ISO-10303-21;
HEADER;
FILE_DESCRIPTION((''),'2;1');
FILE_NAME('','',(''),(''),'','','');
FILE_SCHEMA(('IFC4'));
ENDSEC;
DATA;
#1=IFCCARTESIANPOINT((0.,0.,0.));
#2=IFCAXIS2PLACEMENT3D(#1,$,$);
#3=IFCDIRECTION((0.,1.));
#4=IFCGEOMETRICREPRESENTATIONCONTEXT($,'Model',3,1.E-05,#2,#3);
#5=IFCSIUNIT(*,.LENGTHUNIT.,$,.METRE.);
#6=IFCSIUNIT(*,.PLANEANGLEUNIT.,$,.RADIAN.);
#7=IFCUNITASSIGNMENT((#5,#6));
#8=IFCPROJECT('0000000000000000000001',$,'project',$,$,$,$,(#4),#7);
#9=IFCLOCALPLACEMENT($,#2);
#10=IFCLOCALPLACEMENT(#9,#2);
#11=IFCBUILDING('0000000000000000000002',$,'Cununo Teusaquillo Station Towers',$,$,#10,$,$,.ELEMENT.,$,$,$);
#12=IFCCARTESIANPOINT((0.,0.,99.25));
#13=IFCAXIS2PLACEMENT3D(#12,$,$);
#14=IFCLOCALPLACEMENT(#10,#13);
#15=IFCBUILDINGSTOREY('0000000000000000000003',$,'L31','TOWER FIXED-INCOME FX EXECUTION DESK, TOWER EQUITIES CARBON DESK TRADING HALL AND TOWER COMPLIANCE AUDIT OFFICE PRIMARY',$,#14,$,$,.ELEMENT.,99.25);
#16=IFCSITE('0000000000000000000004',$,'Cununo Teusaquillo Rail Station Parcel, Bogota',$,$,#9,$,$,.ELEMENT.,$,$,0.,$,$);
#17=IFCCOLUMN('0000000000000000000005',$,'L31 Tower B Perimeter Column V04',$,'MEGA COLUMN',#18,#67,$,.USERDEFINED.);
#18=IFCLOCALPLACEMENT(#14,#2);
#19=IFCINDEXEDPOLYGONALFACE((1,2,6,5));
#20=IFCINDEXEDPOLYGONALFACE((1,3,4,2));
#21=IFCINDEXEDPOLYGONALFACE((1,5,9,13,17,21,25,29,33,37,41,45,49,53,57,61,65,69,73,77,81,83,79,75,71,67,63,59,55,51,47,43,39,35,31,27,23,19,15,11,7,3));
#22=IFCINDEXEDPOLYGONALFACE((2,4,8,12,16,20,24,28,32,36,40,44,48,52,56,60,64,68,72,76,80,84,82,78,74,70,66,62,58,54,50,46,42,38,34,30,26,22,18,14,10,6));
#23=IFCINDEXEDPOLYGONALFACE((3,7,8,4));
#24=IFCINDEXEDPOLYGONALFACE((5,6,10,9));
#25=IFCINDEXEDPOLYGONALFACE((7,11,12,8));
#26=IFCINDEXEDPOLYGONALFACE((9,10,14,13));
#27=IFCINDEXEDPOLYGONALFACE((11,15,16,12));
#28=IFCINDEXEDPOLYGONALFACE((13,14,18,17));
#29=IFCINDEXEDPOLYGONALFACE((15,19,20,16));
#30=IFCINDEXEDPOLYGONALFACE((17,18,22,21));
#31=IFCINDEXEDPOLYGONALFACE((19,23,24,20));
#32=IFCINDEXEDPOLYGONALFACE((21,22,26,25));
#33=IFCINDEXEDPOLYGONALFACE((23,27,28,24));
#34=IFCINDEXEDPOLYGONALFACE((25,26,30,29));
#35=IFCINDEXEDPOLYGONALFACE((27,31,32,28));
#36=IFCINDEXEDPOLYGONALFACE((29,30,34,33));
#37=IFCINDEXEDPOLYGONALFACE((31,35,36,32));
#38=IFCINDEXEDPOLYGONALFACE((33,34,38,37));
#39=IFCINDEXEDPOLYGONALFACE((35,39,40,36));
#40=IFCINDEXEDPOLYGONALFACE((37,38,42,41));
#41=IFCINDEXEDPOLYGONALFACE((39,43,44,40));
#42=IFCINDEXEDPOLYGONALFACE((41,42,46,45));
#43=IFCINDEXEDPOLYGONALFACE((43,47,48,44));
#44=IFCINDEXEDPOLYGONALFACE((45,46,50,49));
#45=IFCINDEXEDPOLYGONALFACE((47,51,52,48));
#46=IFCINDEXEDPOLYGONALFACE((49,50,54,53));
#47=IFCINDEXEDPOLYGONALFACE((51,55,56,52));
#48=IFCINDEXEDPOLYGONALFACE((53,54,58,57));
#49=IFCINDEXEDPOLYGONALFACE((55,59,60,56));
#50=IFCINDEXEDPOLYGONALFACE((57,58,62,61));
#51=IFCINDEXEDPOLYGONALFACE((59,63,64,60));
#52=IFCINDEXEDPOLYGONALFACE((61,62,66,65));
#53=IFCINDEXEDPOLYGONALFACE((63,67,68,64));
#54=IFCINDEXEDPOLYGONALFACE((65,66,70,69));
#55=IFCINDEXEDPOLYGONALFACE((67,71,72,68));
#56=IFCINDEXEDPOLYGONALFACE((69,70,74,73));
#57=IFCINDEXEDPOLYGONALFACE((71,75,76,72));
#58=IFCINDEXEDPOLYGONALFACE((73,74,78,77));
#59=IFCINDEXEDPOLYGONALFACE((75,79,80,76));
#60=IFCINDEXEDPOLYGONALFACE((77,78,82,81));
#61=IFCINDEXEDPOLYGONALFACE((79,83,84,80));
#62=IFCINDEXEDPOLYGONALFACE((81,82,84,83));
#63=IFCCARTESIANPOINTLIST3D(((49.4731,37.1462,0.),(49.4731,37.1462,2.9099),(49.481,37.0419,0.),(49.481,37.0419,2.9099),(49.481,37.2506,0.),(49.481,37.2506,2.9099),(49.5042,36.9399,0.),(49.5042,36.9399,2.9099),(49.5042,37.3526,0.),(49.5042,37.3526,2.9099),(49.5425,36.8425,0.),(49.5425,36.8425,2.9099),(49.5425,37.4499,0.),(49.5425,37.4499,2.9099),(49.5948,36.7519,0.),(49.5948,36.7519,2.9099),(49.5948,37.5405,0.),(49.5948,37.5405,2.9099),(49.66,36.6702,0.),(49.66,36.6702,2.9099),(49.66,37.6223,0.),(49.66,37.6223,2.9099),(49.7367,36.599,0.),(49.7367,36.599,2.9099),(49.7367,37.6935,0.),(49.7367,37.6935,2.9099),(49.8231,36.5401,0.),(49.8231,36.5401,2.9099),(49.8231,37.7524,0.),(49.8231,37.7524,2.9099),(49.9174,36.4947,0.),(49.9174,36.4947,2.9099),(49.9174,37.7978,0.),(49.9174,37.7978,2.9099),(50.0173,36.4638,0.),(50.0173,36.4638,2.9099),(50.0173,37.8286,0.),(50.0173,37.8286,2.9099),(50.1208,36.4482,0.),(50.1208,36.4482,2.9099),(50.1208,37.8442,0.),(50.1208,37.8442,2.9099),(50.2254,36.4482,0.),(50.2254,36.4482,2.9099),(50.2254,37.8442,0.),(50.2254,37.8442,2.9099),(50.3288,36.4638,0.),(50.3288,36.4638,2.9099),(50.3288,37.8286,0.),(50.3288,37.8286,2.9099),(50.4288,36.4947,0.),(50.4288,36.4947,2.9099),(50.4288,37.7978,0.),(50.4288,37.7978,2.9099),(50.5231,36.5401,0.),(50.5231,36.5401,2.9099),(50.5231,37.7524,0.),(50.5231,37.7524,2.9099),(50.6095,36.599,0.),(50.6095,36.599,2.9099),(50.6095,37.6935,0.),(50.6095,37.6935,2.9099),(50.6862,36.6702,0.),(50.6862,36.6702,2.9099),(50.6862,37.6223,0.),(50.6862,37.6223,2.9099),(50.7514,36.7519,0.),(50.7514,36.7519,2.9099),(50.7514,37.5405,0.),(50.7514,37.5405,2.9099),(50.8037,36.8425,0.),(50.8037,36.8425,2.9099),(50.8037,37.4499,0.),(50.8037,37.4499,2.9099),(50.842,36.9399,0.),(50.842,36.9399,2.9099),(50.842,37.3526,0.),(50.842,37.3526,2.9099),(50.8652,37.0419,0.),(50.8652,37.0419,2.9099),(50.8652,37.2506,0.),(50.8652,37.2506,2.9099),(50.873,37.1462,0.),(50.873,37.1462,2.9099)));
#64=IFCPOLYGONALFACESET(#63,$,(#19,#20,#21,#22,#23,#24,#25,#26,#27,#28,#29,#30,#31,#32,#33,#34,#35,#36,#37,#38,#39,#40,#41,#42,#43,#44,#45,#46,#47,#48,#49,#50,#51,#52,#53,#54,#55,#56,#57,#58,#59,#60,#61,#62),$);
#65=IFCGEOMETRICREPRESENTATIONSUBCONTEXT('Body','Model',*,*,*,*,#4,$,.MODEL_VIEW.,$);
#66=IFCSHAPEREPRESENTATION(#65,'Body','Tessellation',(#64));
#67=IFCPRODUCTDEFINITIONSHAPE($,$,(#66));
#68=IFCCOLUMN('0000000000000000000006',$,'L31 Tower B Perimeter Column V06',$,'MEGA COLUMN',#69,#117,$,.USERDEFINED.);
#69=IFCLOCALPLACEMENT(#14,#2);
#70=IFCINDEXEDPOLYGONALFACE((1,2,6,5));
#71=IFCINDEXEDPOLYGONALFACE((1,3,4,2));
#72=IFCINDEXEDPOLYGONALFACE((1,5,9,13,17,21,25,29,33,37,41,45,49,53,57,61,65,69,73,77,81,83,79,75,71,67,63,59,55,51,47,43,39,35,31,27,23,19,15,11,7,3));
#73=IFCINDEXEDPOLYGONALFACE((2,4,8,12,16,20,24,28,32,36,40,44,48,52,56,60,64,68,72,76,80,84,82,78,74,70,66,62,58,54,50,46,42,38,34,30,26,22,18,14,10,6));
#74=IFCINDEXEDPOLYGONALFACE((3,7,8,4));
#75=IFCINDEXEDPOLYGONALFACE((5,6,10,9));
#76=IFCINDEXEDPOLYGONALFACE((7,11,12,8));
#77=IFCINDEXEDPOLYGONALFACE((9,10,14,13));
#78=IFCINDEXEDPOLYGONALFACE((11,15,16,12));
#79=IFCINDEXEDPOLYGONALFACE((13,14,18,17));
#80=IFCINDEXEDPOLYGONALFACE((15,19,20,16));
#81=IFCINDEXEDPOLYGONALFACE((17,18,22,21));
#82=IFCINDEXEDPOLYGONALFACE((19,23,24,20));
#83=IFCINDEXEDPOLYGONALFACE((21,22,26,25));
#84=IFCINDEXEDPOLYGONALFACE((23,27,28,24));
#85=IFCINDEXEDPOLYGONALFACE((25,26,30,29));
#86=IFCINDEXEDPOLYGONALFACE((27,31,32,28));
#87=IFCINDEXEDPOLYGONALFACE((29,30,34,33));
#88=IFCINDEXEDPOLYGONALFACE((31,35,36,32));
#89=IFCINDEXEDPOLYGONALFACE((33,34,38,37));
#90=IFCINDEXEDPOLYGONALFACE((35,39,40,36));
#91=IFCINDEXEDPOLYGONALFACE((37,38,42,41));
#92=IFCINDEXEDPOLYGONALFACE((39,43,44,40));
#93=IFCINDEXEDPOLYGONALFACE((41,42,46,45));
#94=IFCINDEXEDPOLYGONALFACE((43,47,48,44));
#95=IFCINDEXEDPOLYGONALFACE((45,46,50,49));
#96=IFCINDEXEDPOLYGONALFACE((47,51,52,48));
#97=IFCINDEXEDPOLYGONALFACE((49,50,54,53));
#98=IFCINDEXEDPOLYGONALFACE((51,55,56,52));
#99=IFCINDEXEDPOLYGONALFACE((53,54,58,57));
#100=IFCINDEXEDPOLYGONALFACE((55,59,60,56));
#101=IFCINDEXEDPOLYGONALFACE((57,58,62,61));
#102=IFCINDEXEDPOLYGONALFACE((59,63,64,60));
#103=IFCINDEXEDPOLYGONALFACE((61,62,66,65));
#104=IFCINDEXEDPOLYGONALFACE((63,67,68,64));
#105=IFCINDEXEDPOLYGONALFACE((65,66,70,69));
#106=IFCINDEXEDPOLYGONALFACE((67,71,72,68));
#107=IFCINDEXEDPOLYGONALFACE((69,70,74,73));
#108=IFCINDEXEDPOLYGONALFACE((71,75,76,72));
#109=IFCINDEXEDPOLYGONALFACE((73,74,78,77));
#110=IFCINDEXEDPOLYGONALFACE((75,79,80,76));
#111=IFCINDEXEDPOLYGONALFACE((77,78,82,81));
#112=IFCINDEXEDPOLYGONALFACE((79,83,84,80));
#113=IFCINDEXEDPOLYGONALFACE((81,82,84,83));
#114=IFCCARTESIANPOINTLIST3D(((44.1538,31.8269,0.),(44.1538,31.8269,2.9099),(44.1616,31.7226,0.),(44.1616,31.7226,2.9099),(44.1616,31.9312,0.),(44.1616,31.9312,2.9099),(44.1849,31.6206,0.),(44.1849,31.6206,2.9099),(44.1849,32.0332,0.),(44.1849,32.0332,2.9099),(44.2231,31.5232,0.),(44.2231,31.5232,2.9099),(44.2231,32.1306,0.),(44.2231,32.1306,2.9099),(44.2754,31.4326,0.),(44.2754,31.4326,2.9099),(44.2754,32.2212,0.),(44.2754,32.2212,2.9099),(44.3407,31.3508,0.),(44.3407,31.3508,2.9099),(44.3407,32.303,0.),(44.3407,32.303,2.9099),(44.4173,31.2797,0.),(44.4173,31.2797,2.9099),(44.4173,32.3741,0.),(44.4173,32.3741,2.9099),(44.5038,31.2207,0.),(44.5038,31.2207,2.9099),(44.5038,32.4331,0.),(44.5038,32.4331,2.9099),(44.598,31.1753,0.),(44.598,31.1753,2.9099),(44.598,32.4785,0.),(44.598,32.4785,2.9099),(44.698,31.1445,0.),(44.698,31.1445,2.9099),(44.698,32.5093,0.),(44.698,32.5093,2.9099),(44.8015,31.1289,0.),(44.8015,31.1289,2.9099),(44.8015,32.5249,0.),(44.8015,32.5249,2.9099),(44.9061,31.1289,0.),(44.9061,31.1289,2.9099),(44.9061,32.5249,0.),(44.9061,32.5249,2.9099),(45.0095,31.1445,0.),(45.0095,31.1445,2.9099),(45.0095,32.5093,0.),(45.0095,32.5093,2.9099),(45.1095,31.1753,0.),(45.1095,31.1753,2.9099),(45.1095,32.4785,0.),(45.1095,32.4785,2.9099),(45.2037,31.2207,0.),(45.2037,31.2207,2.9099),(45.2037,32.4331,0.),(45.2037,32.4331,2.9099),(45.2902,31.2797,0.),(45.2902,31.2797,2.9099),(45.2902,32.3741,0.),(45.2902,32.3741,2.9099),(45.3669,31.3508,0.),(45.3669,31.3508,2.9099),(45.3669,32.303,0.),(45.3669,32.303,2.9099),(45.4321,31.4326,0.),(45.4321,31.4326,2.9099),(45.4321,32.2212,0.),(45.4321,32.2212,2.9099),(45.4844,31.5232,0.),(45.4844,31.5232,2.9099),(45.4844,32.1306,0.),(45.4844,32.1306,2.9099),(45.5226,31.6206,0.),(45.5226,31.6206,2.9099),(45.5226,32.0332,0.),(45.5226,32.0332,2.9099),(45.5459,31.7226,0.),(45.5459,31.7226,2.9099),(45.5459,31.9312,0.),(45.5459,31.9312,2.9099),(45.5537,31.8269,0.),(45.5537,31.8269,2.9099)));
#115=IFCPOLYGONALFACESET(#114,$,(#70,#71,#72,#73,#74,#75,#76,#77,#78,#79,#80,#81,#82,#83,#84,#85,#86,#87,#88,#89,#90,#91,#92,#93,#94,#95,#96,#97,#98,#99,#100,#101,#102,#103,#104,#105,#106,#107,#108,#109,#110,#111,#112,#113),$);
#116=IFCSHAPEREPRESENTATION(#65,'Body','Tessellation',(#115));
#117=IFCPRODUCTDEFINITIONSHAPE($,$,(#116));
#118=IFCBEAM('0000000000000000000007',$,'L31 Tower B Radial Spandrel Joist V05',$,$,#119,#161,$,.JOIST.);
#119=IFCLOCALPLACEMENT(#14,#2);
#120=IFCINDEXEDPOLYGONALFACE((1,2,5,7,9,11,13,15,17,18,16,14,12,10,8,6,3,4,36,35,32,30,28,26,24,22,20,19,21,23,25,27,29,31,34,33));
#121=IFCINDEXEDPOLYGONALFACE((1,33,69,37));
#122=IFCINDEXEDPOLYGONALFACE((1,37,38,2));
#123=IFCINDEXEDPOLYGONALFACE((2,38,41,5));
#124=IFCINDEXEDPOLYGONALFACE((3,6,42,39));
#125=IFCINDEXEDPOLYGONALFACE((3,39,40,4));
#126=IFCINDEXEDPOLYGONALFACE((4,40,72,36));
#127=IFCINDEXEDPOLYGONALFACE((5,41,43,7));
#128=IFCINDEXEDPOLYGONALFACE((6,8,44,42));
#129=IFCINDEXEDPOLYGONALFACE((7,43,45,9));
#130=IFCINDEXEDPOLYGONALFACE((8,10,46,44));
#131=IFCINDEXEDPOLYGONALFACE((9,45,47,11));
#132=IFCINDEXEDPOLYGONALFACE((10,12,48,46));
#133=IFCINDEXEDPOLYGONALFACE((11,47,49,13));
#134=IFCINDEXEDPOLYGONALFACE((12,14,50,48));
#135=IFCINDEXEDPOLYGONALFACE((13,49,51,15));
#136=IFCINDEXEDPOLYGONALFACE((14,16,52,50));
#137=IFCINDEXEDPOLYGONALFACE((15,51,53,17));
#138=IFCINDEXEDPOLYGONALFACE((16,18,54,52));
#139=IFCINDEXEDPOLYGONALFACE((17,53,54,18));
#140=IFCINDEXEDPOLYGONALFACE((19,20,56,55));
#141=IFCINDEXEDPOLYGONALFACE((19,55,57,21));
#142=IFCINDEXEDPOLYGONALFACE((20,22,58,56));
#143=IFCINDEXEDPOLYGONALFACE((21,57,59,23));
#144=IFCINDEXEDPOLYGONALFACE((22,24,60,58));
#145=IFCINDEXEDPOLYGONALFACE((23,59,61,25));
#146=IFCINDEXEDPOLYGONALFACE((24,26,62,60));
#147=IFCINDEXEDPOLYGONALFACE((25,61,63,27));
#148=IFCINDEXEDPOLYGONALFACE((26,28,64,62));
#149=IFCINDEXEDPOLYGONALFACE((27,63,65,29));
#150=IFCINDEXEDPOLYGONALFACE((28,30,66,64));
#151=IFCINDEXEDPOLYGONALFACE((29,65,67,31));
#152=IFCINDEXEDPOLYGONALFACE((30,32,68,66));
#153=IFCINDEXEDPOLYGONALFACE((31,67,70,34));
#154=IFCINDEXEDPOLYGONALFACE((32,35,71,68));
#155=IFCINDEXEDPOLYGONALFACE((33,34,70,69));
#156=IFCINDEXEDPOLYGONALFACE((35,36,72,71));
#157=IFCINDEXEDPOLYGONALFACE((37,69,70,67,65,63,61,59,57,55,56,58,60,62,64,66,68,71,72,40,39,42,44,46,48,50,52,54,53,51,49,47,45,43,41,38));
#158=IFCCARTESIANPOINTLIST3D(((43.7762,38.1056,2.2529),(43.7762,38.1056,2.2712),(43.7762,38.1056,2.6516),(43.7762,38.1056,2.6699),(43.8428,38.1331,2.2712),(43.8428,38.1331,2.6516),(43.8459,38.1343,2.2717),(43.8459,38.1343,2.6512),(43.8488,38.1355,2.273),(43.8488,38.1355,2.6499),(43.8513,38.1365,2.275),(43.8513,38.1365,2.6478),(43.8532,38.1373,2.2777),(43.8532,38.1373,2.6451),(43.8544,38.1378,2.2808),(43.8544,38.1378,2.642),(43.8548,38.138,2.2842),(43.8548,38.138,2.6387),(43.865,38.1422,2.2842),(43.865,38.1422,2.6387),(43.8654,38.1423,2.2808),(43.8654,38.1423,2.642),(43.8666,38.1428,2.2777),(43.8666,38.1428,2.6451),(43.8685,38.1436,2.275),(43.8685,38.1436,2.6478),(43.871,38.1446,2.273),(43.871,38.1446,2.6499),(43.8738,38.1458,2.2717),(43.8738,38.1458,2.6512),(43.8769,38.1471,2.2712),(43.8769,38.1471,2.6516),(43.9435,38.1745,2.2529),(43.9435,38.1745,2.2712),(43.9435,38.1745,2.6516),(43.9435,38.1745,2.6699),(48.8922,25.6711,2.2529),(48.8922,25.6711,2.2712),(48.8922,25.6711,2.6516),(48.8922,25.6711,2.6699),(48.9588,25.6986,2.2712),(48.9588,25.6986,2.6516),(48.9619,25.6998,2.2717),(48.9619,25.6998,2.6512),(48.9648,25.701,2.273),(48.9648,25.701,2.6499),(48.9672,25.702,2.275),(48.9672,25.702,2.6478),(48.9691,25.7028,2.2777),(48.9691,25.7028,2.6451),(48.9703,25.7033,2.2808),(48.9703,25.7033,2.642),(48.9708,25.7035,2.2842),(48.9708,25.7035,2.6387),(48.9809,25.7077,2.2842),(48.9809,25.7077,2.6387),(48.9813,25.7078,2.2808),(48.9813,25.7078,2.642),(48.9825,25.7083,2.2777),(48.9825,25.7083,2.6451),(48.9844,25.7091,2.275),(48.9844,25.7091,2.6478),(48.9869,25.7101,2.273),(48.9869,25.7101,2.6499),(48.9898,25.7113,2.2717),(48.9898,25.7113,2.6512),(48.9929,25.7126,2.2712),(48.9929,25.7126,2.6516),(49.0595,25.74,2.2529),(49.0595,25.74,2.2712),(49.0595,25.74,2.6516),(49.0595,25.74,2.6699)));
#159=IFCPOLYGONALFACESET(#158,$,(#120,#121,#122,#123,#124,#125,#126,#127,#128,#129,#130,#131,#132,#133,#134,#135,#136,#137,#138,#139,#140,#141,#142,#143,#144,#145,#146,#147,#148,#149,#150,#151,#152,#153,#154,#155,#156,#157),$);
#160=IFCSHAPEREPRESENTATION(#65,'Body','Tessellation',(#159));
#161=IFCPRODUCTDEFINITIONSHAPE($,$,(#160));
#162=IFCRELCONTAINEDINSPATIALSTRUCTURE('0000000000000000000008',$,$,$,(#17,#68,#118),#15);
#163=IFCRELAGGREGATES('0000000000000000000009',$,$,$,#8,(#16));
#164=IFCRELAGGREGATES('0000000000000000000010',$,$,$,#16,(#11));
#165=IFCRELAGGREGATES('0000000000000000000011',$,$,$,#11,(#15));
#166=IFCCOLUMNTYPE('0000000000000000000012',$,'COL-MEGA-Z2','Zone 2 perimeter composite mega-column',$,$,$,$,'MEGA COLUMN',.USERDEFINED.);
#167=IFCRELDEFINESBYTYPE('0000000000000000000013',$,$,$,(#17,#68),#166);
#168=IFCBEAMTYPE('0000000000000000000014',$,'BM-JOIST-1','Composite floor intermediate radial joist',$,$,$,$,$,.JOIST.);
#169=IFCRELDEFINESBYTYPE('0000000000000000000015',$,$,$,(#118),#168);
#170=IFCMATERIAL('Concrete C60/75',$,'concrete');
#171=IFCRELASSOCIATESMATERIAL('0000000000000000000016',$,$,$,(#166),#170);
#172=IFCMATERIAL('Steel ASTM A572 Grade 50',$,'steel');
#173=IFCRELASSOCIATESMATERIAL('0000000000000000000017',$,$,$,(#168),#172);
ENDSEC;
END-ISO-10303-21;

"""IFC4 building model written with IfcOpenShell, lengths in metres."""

from ifc_helpers import new_model, si_unit, direction, frame, origin, origin_2d, place, context, subcontext, project, spatial, circle, i_section, extrude, material, material_profile, profile_set, type_object, element, save


model = new_model("IFC4")

# Units and contexts
model_context = context("Model", 3, precision=1e-05, world=origin(), true_north=direction((0.0, 1.0)))
body_context = subcontext(model_context, "Body", "Model", "MODEL_VIEW")
ifc_project = project(units=[si_unit("LENGTHUNIT", "METRE"), si_unit("PLANEANGLEUNIT", "RADIAN")], contexts=[model_context])

# Site, building, storey
site_placement = place(None, origin())
site = spatial("IfcSite", under=ifc_project, at=site_placement, Name="Cununo Teusaquillo Rail Station Parcel, Bogota", CompositionType="ELEMENT", RefElevation=0.0)
building_placement = place(site_placement, origin())
building = spatial("IfcBuilding", under=site, at=building_placement, Name="Cununo Teusaquillo Station Towers", CompositionType="ELEMENT")
storey_placement = place(building_placement, frame((0.0, 0.0, 99.25)))
storey = spatial("IfcBuildingStorey", under=building, at=storey_placement, Name="L31", Description="TOWER FIXED-INCOME FX EXECUTION DESK, TOWER EQUITIES CARBON DESK TRADING HALL AND TOWER COMPLIANCE AUDIT OFFICE PRIMARY", CompositionType="ELEMENT", Elevation=99.25)

# Columns
ifc_material_1 = material(Name="Concrete C60/75", Category="concrete")
ifc_material_profile_1 = material_profile(ifc_material_1, circle(Radius=0.7, at=origin_2d()), Name="RC-CIRC-1400")
ifc_profile_set_1 = profile_set([ifc_material_profile_1], Name="Concrete C60/75")
column_type = type_object("IfcColumnType", Name="COL-MEGA-Z2", Description="Zone 2 perimeter composite mega-column", ElementType="MEGA COLUMN", PredefinedType="USERDEFINED", material=ifc_profile_set_1)
for number, where, z_axis, x_axis, name in (
    (1, (50.1731, 37.1462, 0.0), (0.0, 0.0, 1.0), (1.0, 0.0, 0.0), "L31 Tower B Perimeter Column V04"),
    (2, (44.8538, 31.8269, 0.0), (0.0, 0.0, 1.0), (1.0, 0.0, 0.0), "L31 Tower B Perimeter Column V06"),
):
    element("IfcColumn", number, at=place(storey_placement, frame(where, z_axis=z_axis, x_axis=x_axis)), inside=storey, type_object=column_type, Name=name, ObjectType="MEGA COLUMN", PredefinedType="USERDEFINED", context=body_context, shape_type="SweptSolid", body=[
        extrude(circle(Radius=0.7, at=origin_2d()), origin(), (0.0, 0.0, 1.0), 2.9099),
    ])

# Beam
ifc_material_2 = material(Name="Steel ASTM A572 Grade 50", Category="steel")
ifc_material_profile_2 = material_profile(ifc_material_2, i_section(OverallWidth=0.1809, OverallDepth=0.417, WebThickness=0.011, FlangeThickness=0.0183, FilletRadius=0.0129, at=origin_2d()), Name="W16X57")
ifc_profile_set_2 = profile_set([ifc_material_profile_2], Name="Steel ASTM A572 Grade 50")
beam_type_1 = type_object("IfcBeamType", Name="BM-JOIST-1", Description="Composite floor intermediate radial joist", PredefinedType="JOIST", material=ifc_profile_set_2)
beam_1_placement = place(storey_placement, frame((48.9758, 25.7056, 2.4614), z_axis=(-0.380486, 0.924787, 0.0), x_axis=(-0.924787, -0.380486, 0.0)))
element("IfcBeam", 3, at=beam_1_placement, inside=storey, type_object=beam_type_1, Name="L31 Tower B Radial Spandrel Joist V05", PredefinedType="JOIST", context=body_context, shape_type="SweptSolid", body=[
    extrude(i_section(OverallWidth=0.1809, OverallDepth=0.417, WebThickness=0.011, FlangeThickness=0.0183, FilletRadius=0.0129, at=origin_2d()), origin(), (0.0, 0.0, 1.0), 13.4458),
])

save(model, "model.ifc")
